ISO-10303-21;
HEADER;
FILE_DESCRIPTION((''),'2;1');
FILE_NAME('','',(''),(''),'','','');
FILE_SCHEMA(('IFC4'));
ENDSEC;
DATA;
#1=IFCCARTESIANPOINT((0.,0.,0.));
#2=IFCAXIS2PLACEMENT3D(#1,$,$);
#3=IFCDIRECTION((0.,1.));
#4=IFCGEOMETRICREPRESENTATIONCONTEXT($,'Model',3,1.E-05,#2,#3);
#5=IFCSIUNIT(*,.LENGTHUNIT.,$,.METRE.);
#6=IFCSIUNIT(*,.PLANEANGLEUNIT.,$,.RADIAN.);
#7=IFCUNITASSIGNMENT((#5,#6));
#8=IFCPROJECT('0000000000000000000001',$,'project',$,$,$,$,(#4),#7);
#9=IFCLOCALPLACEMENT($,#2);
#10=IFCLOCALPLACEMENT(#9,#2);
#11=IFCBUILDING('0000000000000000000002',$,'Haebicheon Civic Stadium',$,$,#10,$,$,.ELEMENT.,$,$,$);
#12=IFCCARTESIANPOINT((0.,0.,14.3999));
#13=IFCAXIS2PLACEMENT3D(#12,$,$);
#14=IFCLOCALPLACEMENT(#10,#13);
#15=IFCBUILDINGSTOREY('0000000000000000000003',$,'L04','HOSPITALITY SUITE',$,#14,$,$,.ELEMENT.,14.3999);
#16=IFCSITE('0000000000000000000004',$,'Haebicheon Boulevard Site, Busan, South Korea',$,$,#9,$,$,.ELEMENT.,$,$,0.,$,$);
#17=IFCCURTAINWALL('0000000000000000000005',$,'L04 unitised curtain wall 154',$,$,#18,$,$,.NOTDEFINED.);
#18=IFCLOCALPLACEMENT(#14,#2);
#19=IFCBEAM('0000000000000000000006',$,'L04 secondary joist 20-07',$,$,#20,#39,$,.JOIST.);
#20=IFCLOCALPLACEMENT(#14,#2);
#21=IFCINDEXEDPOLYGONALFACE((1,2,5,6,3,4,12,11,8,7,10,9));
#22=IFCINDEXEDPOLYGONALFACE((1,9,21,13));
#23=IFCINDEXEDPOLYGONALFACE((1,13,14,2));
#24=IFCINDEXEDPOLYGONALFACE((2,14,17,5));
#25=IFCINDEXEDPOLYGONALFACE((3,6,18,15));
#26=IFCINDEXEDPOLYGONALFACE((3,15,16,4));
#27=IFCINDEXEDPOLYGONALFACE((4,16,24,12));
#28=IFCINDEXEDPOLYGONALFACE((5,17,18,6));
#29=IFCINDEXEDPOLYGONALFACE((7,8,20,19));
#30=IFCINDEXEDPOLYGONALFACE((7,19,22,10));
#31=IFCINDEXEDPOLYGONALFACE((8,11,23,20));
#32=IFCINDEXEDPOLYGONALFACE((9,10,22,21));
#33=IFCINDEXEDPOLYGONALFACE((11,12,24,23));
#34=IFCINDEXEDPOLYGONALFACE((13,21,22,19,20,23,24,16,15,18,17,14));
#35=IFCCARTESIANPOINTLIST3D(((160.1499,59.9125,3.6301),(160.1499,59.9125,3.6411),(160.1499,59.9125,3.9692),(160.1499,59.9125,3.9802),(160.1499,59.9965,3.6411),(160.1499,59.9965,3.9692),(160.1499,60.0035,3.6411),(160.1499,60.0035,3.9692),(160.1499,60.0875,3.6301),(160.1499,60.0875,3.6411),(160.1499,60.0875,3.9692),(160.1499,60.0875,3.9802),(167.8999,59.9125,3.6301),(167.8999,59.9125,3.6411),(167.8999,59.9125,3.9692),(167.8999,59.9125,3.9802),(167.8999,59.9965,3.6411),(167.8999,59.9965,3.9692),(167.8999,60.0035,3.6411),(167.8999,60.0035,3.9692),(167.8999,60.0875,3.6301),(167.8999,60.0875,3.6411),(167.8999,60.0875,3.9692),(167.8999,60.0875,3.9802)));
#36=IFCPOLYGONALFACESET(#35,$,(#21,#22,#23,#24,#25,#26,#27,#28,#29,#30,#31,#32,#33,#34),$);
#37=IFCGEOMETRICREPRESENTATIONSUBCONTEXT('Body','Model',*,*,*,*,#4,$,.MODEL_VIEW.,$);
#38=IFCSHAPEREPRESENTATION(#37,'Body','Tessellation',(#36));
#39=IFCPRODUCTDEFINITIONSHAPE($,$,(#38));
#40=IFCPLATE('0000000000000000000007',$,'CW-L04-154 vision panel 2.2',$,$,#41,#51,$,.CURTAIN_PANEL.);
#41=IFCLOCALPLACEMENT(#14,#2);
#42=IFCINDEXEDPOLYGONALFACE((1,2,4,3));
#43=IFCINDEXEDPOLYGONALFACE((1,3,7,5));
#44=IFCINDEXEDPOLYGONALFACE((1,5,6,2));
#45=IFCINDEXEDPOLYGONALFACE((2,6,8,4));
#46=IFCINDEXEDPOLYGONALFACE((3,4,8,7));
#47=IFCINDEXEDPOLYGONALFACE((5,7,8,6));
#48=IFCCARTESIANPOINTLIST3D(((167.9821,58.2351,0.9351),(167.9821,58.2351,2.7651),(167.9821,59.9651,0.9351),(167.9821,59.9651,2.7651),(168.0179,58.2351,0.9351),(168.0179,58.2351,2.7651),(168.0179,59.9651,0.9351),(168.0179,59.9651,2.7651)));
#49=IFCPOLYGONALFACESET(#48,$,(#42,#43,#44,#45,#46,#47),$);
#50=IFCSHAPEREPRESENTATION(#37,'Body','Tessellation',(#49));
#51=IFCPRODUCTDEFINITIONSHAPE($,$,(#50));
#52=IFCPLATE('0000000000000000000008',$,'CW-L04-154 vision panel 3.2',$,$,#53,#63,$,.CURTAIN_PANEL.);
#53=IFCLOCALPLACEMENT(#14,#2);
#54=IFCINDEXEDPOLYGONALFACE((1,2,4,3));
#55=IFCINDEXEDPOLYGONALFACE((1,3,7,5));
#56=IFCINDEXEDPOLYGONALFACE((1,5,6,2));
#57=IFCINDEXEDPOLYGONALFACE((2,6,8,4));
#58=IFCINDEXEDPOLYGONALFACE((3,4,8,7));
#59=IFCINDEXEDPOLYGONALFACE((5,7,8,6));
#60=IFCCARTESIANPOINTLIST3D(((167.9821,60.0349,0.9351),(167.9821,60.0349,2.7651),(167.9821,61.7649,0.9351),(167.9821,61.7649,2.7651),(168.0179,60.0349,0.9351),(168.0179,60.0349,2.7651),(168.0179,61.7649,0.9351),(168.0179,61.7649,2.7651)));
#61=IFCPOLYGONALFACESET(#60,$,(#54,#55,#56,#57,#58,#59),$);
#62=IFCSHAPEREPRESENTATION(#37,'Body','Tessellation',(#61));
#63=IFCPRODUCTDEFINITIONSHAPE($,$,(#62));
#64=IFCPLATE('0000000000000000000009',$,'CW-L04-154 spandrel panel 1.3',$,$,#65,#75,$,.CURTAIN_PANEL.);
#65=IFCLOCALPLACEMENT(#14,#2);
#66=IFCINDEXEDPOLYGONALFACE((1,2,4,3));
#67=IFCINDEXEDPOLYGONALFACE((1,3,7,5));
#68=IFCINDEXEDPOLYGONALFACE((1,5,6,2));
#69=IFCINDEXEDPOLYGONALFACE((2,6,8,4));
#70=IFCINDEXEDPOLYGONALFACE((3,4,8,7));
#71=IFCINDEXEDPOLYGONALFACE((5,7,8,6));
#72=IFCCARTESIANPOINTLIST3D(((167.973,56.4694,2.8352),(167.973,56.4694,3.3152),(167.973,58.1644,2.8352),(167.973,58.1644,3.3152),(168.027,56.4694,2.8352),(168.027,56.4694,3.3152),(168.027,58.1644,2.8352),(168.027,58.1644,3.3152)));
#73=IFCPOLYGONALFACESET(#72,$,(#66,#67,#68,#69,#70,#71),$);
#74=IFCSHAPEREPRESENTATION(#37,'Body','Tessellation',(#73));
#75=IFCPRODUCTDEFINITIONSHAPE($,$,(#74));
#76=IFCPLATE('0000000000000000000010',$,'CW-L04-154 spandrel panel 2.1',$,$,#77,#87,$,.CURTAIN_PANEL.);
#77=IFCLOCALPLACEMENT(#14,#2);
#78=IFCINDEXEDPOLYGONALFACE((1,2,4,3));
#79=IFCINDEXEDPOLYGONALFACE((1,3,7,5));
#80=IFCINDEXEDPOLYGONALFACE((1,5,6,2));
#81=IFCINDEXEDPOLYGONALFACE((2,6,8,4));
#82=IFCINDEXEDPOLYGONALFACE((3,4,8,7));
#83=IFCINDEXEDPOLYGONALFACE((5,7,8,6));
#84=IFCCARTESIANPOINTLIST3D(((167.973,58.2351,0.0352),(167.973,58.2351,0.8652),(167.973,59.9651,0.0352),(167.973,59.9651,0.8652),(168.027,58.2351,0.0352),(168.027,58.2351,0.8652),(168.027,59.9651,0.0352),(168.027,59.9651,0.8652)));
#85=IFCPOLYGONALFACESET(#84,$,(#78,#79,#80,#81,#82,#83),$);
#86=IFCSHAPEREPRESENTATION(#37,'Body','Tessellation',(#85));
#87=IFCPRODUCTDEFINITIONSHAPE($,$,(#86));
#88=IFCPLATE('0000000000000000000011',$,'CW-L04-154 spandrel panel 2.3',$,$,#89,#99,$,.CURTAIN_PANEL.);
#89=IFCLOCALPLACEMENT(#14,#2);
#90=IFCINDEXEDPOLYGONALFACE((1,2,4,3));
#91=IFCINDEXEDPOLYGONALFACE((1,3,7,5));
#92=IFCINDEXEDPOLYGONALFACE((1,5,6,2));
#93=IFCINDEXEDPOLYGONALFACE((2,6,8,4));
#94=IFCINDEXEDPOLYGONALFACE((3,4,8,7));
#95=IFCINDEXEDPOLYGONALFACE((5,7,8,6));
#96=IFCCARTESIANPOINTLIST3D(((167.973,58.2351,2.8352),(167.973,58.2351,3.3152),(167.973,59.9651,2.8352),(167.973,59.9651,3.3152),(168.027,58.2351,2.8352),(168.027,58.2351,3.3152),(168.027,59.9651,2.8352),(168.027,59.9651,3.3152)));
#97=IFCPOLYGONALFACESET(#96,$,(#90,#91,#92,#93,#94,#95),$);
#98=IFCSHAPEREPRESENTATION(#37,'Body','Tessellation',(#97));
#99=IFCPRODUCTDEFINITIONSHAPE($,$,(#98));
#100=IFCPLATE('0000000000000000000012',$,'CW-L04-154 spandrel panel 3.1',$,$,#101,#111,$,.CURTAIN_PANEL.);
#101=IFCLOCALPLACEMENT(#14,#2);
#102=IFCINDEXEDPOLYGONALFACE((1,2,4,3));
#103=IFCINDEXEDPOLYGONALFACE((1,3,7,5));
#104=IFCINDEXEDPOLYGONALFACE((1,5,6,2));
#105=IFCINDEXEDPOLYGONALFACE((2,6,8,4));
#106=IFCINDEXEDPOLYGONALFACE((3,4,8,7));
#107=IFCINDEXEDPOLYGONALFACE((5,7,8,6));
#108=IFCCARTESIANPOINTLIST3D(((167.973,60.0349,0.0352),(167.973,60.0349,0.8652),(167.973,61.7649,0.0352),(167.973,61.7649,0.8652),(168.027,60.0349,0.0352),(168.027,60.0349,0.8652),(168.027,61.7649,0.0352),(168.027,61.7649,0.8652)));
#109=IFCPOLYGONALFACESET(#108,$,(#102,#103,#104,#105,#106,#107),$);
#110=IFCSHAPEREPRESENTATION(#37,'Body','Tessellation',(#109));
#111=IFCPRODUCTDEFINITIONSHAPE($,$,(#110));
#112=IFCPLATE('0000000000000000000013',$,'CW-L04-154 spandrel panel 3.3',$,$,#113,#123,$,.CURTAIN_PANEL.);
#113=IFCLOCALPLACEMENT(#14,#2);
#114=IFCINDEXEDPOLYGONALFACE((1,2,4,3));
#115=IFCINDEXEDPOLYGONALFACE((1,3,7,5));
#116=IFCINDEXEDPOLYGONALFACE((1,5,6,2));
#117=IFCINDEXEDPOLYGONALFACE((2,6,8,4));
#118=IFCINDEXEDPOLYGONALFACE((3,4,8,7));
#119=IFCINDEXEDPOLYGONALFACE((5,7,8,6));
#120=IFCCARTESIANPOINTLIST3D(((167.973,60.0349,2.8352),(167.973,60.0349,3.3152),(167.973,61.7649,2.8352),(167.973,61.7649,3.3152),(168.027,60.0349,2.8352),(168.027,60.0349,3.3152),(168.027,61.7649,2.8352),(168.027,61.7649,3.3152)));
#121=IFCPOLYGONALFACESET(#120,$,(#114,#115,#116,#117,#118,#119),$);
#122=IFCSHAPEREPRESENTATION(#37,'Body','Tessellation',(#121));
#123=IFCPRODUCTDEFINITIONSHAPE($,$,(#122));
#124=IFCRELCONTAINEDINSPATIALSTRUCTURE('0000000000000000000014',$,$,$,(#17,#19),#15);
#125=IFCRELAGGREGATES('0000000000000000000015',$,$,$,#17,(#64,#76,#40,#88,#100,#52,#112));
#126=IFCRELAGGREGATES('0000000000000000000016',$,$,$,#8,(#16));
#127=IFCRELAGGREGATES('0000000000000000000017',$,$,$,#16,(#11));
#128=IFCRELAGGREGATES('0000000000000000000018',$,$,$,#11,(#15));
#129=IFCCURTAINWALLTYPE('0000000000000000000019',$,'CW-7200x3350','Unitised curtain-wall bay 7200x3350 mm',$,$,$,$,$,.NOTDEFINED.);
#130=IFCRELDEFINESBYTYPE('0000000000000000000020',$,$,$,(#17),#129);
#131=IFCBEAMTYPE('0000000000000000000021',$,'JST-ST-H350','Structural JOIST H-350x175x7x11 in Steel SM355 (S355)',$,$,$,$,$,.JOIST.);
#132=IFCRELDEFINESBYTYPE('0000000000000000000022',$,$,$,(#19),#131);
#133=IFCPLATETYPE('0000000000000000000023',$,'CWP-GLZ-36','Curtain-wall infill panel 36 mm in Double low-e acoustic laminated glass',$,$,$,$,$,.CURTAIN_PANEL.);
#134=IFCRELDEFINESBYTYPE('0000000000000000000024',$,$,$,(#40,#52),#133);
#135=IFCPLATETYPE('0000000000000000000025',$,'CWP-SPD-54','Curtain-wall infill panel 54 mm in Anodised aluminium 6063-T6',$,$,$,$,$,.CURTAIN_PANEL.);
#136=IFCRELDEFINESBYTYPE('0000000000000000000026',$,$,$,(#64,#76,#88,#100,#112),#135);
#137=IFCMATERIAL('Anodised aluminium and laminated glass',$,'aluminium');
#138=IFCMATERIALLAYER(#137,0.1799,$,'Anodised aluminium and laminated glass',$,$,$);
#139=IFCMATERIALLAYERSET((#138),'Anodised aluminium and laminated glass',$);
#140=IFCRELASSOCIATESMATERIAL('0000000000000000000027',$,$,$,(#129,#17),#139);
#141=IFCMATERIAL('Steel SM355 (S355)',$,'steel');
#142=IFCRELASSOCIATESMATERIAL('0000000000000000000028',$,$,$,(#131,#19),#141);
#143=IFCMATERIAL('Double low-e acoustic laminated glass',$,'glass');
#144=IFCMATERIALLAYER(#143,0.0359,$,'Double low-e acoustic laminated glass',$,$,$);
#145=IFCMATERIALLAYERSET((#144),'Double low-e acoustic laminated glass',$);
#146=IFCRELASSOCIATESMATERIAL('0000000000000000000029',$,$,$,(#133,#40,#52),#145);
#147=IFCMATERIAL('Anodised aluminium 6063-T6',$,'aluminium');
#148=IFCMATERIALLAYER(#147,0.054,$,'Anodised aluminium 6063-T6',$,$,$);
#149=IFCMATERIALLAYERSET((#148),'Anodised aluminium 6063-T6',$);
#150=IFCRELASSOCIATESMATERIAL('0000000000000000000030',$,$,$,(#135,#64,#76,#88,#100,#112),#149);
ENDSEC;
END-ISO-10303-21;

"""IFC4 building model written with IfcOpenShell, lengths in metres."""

from ifc_helpers import new_model, si_unit, direction, frame, origin, origin_2d, place, context, subcontext, project, spatial, rectangle, i_section, extrude, material, layer, layer_set, material_profile, profile_set, type_object, element, aggregate, save


model = new_model("IFC4")

# Units and contexts
model_context = context("Model", 3, precision=1e-05, world=origin(), true_north=direction((0.0, 1.0)))
body_context = subcontext(model_context, "Body", "Model", "MODEL_VIEW")
ifc_project = project(units=[si_unit("LENGTHUNIT", "METRE"), si_unit("PLANEANGLEUNIT", "RADIAN")], contexts=[model_context])

# Site, building, storey
site_placement = place(None, origin())
site = spatial("IfcSite", under=ifc_project, at=site_placement, Name="Haebicheon Boulevard Site, Busan, South Korea", CompositionType="ELEMENT", RefElevation=0.0)
building_placement = place(site_placement, origin())
building = spatial("IfcBuilding", under=site, at=building_placement, Name="Haebicheon Civic Stadium", CompositionType="ELEMENT")
storey_placement = place(building_placement, frame((0.0, 0.0, 14.3999)))
storey = spatial("IfcBuildingStorey", under=building, at=storey_placement, Name="L04", Description="HOSPITALITY SUITE", CompositionType="ELEMENT", Elevation=14.3999)

# Curtain wall
ifc_material_1 = material(Name="Anodised aluminium and laminated glass", Category="aluminium")
ifc_layer_1 = layer(ifc_material_1, 0.1799, Name="Anodised aluminium and laminated glass")
ifc_layer_set_1 = layer_set([ifc_layer_1], Name="Anodised aluminium and laminated glass")
curtain_wall_type = type_object("IfcCurtainWallType", Name="CW-7200x3350", Description="Unitised curtain-wall bay 7200x3350 mm", PredefinedType="NOTDEFINED", material=ifc_layer_set_1)
curtain_wall_placement = place(storey_placement, origin())
curtain_wall = element("IfcCurtainWall", 1, at=curtain_wall_placement, inside=storey, type_object=curtain_wall_type, material=ifc_layer_set_1, Name="L04 unitised curtain wall 154", PredefinedType="NOTDEFINED")

# Beam
ifc_material_2 = material(Name="Steel SM355 (S355)", Category="steel")
ifc_material_profile_1 = material_profile(ifc_material_2, i_section(OverallWidth=0.175, OverallDepth=0.3501, WebThickness=0.0071, FlangeThickness=0.011, at=origin_2d()), Name="H-350x175x7x11")
ifc_profile_set_1 = profile_set([ifc_material_profile_1], Name="Steel SM355 (S355)")
beam_type = type_object("IfcBeamType", Name="JST-ST-H350", Description="Structural JOIST H-350x175x7x11 in Steel SM355 (S355)", PredefinedType="JOIST", material=ifc_profile_set_1)
beam_placement = place(storey_placement, frame((160.1499, 60.0, 3.8052), z_axis=(1.0, 0.0, 0.0), x_axis=(0.0, 1.0, 0.0)))
element("IfcBeam", 2, at=beam_placement, inside=storey, type_object=beam_type, material=ifc_profile_set_1, Name="L04 secondary joist 20-07", PredefinedType="JOIST", context=body_context, shape_type="SweptSolid", body=[
    extrude(i_section(OverallWidth=0.175, OverallDepth=0.3501, WebThickness=0.0071, FlangeThickness=0.011, at=origin_2d()), origin(), (0.0, 0.0, 1.0), 7.75),
])

# Plates
ifc_material_3 = material(Name="Double low-e acoustic laminated glass", Category="glass")
ifc_layer_2 = layer(ifc_material_3, 0.0359, Name="Double low-e acoustic laminated glass")
ifc_layer_set_2 = layer_set([ifc_layer_2], Name="Double low-e acoustic laminated glass")
plate_type_1 = type_object("IfcPlateType", Name="CWP-GLZ-36", Description="Curtain-wall infill panel 36 mm in Double low-e acoustic laminated glass", PredefinedType="CURTAIN_PANEL", material=ifc_layer_set_2)
plate_1_placement = place(storey_placement, frame((168.0, 59.1001, 0.9351), z_axis=(0.0, 0.0, 1.0), x_axis=(0.0, 1.0, 0.0)))
plate_1 = element("IfcPlate", 3, at=plate_1_placement, type_object=plate_type_1, material=ifc_layer_set_2, Name="CW-L04-154 vision panel 2.2", PredefinedType="CURTAIN_PANEL", context=body_context, shape_type="SweptSolid", body=[
    extrude(rectangle(XDim=1.73, YDim=0.0359, at=origin_2d()), origin(), (0.0, 0.0, 1.0), 1.8301),
])
plate_2_placement = place(storey_placement, frame((168.0, 60.8999, 0.9351), z_axis=(0.0, 0.0, 1.0), x_axis=(0.0, 1.0, 0.0)))
plate_2 = element("IfcPlate", 4, at=plate_2_placement, type_object=plate_type_1, material=ifc_layer_set_2, Name="CW-L04-154 vision panel 3.2", PredefinedType="CURTAIN_PANEL", context=body_context, shape_type="SweptSolid", body=[
    extrude(rectangle(XDim=1.73, YDim=0.0359, at=origin_2d()), origin(), (0.0, 0.0, 1.0), 1.8301),
])
ifc_material_4 = material(Name="Anodised aluminium 6063-T6", Category="aluminium")
ifc_layer_3 = layer(ifc_material_4, 0.054, Name="Anodised aluminium 6063-T6")
ifc_layer_set_3 = layer_set([ifc_layer_3], Name="Anodised aluminium 6063-T6")
plate_type_2 = type_object("IfcPlateType", Name="CWP-SPD-54", Description="Curtain-wall infill panel 54 mm in Anodised aluminium 6063-T6", PredefinedType="CURTAIN_PANEL", material=ifc_layer_set_3)
plate_3_placement = place(storey_placement, frame((168.0, 57.3169, 2.8352), z_axis=(0.0, 0.0, 1.0), x_axis=(0.0, 1.0, 0.0)))
plate_3 = element("IfcPlate", 5, at=plate_3_placement, type_object=plate_type_2, material=ifc_layer_set_3, Name="CW-L04-154 spandrel panel 1.3", PredefinedType="CURTAIN_PANEL", context=body_context, shape_type="SweptSolid", body=[
    extrude(rectangle(XDim=1.6951, YDim=0.054, at=origin_2d()), origin(), (0.0, 0.0, 1.0), 0.48),
])
plate_4_placement = place(storey_placement, frame((168.0, 59.1001, 0.0352), z_axis=(0.0, 0.0, 1.0), x_axis=(0.0, 1.0, 0.0)))
plate_4 = element("IfcPlate", 6, at=plate_4_placement, type_object=plate_type_2, material=ifc_layer_set_3, Name="CW-L04-154 spandrel panel 2.1", PredefinedType="CURTAIN_PANEL", context=body_context, shape_type="SweptSolid", body=[
    extrude(rectangle(XDim=1.73, YDim=0.054, at=origin_2d()), origin(), (0.0, 0.0, 1.0), 0.8301),
])
plate_5_placement = place(storey_placement, frame((168.0, 59.1001, 2.8352), z_axis=(0.0, 0.0, 1.0), x_axis=(0.0, 1.0, 0.0)))
plate_5 = element("IfcPlate", 7, at=plate_5_placement, type_object=plate_type_2, material=ifc_layer_set_3, Name="CW-L04-154 spandrel panel 2.3", PredefinedType="CURTAIN_PANEL", context=body_context, shape_type="SweptSolid", body=[
    extrude(rectangle(XDim=1.73, YDim=0.054, at=origin_2d()), origin(), (0.0, 0.0, 1.0), 0.48),
])
plate_6_placement = place(storey_placement, frame((168.0, 60.8999, 0.0352), z_axis=(0.0, 0.0, 1.0), x_axis=(0.0, 1.0, 0.0)))
plate_6 = element("IfcPlate", 8, at=plate_6_placement, type_object=plate_type_2, material=ifc_layer_set_3, Name="CW-L04-154 spandrel panel 3.1", PredefinedType="CURTAIN_PANEL", context=body_context, shape_type="SweptSolid", body=[
    extrude(rectangle(XDim=1.73, YDim=0.054, at=origin_2d()), origin(), (0.0, 0.0, 1.0), 0.8301),
])
plate_7_placement = place(storey_placement, frame((168.0, 60.8999, 2.8352), z_axis=(0.0, 0.0, 1.0), x_axis=(0.0, 1.0, 0.0)))
plate_7 = element("IfcPlate", 9, at=plate_7_placement, type_object=plate_type_2, material=ifc_layer_set_3, Name="CW-L04-154 spandrel panel 3.3", PredefinedType="CURTAIN_PANEL", context=body_context, shape_type="SweptSolid", body=[
    extrude(rectangle(XDim=1.73, YDim=0.054, at=origin_2d()), origin(), (0.0, 0.0, 1.0), 0.48),
])
aggregate(curtain_wall, [plate_3, plate_4, plate_1, plate_5, plate_6, plate_2, plate_7])

save(model, "model.ifc")
